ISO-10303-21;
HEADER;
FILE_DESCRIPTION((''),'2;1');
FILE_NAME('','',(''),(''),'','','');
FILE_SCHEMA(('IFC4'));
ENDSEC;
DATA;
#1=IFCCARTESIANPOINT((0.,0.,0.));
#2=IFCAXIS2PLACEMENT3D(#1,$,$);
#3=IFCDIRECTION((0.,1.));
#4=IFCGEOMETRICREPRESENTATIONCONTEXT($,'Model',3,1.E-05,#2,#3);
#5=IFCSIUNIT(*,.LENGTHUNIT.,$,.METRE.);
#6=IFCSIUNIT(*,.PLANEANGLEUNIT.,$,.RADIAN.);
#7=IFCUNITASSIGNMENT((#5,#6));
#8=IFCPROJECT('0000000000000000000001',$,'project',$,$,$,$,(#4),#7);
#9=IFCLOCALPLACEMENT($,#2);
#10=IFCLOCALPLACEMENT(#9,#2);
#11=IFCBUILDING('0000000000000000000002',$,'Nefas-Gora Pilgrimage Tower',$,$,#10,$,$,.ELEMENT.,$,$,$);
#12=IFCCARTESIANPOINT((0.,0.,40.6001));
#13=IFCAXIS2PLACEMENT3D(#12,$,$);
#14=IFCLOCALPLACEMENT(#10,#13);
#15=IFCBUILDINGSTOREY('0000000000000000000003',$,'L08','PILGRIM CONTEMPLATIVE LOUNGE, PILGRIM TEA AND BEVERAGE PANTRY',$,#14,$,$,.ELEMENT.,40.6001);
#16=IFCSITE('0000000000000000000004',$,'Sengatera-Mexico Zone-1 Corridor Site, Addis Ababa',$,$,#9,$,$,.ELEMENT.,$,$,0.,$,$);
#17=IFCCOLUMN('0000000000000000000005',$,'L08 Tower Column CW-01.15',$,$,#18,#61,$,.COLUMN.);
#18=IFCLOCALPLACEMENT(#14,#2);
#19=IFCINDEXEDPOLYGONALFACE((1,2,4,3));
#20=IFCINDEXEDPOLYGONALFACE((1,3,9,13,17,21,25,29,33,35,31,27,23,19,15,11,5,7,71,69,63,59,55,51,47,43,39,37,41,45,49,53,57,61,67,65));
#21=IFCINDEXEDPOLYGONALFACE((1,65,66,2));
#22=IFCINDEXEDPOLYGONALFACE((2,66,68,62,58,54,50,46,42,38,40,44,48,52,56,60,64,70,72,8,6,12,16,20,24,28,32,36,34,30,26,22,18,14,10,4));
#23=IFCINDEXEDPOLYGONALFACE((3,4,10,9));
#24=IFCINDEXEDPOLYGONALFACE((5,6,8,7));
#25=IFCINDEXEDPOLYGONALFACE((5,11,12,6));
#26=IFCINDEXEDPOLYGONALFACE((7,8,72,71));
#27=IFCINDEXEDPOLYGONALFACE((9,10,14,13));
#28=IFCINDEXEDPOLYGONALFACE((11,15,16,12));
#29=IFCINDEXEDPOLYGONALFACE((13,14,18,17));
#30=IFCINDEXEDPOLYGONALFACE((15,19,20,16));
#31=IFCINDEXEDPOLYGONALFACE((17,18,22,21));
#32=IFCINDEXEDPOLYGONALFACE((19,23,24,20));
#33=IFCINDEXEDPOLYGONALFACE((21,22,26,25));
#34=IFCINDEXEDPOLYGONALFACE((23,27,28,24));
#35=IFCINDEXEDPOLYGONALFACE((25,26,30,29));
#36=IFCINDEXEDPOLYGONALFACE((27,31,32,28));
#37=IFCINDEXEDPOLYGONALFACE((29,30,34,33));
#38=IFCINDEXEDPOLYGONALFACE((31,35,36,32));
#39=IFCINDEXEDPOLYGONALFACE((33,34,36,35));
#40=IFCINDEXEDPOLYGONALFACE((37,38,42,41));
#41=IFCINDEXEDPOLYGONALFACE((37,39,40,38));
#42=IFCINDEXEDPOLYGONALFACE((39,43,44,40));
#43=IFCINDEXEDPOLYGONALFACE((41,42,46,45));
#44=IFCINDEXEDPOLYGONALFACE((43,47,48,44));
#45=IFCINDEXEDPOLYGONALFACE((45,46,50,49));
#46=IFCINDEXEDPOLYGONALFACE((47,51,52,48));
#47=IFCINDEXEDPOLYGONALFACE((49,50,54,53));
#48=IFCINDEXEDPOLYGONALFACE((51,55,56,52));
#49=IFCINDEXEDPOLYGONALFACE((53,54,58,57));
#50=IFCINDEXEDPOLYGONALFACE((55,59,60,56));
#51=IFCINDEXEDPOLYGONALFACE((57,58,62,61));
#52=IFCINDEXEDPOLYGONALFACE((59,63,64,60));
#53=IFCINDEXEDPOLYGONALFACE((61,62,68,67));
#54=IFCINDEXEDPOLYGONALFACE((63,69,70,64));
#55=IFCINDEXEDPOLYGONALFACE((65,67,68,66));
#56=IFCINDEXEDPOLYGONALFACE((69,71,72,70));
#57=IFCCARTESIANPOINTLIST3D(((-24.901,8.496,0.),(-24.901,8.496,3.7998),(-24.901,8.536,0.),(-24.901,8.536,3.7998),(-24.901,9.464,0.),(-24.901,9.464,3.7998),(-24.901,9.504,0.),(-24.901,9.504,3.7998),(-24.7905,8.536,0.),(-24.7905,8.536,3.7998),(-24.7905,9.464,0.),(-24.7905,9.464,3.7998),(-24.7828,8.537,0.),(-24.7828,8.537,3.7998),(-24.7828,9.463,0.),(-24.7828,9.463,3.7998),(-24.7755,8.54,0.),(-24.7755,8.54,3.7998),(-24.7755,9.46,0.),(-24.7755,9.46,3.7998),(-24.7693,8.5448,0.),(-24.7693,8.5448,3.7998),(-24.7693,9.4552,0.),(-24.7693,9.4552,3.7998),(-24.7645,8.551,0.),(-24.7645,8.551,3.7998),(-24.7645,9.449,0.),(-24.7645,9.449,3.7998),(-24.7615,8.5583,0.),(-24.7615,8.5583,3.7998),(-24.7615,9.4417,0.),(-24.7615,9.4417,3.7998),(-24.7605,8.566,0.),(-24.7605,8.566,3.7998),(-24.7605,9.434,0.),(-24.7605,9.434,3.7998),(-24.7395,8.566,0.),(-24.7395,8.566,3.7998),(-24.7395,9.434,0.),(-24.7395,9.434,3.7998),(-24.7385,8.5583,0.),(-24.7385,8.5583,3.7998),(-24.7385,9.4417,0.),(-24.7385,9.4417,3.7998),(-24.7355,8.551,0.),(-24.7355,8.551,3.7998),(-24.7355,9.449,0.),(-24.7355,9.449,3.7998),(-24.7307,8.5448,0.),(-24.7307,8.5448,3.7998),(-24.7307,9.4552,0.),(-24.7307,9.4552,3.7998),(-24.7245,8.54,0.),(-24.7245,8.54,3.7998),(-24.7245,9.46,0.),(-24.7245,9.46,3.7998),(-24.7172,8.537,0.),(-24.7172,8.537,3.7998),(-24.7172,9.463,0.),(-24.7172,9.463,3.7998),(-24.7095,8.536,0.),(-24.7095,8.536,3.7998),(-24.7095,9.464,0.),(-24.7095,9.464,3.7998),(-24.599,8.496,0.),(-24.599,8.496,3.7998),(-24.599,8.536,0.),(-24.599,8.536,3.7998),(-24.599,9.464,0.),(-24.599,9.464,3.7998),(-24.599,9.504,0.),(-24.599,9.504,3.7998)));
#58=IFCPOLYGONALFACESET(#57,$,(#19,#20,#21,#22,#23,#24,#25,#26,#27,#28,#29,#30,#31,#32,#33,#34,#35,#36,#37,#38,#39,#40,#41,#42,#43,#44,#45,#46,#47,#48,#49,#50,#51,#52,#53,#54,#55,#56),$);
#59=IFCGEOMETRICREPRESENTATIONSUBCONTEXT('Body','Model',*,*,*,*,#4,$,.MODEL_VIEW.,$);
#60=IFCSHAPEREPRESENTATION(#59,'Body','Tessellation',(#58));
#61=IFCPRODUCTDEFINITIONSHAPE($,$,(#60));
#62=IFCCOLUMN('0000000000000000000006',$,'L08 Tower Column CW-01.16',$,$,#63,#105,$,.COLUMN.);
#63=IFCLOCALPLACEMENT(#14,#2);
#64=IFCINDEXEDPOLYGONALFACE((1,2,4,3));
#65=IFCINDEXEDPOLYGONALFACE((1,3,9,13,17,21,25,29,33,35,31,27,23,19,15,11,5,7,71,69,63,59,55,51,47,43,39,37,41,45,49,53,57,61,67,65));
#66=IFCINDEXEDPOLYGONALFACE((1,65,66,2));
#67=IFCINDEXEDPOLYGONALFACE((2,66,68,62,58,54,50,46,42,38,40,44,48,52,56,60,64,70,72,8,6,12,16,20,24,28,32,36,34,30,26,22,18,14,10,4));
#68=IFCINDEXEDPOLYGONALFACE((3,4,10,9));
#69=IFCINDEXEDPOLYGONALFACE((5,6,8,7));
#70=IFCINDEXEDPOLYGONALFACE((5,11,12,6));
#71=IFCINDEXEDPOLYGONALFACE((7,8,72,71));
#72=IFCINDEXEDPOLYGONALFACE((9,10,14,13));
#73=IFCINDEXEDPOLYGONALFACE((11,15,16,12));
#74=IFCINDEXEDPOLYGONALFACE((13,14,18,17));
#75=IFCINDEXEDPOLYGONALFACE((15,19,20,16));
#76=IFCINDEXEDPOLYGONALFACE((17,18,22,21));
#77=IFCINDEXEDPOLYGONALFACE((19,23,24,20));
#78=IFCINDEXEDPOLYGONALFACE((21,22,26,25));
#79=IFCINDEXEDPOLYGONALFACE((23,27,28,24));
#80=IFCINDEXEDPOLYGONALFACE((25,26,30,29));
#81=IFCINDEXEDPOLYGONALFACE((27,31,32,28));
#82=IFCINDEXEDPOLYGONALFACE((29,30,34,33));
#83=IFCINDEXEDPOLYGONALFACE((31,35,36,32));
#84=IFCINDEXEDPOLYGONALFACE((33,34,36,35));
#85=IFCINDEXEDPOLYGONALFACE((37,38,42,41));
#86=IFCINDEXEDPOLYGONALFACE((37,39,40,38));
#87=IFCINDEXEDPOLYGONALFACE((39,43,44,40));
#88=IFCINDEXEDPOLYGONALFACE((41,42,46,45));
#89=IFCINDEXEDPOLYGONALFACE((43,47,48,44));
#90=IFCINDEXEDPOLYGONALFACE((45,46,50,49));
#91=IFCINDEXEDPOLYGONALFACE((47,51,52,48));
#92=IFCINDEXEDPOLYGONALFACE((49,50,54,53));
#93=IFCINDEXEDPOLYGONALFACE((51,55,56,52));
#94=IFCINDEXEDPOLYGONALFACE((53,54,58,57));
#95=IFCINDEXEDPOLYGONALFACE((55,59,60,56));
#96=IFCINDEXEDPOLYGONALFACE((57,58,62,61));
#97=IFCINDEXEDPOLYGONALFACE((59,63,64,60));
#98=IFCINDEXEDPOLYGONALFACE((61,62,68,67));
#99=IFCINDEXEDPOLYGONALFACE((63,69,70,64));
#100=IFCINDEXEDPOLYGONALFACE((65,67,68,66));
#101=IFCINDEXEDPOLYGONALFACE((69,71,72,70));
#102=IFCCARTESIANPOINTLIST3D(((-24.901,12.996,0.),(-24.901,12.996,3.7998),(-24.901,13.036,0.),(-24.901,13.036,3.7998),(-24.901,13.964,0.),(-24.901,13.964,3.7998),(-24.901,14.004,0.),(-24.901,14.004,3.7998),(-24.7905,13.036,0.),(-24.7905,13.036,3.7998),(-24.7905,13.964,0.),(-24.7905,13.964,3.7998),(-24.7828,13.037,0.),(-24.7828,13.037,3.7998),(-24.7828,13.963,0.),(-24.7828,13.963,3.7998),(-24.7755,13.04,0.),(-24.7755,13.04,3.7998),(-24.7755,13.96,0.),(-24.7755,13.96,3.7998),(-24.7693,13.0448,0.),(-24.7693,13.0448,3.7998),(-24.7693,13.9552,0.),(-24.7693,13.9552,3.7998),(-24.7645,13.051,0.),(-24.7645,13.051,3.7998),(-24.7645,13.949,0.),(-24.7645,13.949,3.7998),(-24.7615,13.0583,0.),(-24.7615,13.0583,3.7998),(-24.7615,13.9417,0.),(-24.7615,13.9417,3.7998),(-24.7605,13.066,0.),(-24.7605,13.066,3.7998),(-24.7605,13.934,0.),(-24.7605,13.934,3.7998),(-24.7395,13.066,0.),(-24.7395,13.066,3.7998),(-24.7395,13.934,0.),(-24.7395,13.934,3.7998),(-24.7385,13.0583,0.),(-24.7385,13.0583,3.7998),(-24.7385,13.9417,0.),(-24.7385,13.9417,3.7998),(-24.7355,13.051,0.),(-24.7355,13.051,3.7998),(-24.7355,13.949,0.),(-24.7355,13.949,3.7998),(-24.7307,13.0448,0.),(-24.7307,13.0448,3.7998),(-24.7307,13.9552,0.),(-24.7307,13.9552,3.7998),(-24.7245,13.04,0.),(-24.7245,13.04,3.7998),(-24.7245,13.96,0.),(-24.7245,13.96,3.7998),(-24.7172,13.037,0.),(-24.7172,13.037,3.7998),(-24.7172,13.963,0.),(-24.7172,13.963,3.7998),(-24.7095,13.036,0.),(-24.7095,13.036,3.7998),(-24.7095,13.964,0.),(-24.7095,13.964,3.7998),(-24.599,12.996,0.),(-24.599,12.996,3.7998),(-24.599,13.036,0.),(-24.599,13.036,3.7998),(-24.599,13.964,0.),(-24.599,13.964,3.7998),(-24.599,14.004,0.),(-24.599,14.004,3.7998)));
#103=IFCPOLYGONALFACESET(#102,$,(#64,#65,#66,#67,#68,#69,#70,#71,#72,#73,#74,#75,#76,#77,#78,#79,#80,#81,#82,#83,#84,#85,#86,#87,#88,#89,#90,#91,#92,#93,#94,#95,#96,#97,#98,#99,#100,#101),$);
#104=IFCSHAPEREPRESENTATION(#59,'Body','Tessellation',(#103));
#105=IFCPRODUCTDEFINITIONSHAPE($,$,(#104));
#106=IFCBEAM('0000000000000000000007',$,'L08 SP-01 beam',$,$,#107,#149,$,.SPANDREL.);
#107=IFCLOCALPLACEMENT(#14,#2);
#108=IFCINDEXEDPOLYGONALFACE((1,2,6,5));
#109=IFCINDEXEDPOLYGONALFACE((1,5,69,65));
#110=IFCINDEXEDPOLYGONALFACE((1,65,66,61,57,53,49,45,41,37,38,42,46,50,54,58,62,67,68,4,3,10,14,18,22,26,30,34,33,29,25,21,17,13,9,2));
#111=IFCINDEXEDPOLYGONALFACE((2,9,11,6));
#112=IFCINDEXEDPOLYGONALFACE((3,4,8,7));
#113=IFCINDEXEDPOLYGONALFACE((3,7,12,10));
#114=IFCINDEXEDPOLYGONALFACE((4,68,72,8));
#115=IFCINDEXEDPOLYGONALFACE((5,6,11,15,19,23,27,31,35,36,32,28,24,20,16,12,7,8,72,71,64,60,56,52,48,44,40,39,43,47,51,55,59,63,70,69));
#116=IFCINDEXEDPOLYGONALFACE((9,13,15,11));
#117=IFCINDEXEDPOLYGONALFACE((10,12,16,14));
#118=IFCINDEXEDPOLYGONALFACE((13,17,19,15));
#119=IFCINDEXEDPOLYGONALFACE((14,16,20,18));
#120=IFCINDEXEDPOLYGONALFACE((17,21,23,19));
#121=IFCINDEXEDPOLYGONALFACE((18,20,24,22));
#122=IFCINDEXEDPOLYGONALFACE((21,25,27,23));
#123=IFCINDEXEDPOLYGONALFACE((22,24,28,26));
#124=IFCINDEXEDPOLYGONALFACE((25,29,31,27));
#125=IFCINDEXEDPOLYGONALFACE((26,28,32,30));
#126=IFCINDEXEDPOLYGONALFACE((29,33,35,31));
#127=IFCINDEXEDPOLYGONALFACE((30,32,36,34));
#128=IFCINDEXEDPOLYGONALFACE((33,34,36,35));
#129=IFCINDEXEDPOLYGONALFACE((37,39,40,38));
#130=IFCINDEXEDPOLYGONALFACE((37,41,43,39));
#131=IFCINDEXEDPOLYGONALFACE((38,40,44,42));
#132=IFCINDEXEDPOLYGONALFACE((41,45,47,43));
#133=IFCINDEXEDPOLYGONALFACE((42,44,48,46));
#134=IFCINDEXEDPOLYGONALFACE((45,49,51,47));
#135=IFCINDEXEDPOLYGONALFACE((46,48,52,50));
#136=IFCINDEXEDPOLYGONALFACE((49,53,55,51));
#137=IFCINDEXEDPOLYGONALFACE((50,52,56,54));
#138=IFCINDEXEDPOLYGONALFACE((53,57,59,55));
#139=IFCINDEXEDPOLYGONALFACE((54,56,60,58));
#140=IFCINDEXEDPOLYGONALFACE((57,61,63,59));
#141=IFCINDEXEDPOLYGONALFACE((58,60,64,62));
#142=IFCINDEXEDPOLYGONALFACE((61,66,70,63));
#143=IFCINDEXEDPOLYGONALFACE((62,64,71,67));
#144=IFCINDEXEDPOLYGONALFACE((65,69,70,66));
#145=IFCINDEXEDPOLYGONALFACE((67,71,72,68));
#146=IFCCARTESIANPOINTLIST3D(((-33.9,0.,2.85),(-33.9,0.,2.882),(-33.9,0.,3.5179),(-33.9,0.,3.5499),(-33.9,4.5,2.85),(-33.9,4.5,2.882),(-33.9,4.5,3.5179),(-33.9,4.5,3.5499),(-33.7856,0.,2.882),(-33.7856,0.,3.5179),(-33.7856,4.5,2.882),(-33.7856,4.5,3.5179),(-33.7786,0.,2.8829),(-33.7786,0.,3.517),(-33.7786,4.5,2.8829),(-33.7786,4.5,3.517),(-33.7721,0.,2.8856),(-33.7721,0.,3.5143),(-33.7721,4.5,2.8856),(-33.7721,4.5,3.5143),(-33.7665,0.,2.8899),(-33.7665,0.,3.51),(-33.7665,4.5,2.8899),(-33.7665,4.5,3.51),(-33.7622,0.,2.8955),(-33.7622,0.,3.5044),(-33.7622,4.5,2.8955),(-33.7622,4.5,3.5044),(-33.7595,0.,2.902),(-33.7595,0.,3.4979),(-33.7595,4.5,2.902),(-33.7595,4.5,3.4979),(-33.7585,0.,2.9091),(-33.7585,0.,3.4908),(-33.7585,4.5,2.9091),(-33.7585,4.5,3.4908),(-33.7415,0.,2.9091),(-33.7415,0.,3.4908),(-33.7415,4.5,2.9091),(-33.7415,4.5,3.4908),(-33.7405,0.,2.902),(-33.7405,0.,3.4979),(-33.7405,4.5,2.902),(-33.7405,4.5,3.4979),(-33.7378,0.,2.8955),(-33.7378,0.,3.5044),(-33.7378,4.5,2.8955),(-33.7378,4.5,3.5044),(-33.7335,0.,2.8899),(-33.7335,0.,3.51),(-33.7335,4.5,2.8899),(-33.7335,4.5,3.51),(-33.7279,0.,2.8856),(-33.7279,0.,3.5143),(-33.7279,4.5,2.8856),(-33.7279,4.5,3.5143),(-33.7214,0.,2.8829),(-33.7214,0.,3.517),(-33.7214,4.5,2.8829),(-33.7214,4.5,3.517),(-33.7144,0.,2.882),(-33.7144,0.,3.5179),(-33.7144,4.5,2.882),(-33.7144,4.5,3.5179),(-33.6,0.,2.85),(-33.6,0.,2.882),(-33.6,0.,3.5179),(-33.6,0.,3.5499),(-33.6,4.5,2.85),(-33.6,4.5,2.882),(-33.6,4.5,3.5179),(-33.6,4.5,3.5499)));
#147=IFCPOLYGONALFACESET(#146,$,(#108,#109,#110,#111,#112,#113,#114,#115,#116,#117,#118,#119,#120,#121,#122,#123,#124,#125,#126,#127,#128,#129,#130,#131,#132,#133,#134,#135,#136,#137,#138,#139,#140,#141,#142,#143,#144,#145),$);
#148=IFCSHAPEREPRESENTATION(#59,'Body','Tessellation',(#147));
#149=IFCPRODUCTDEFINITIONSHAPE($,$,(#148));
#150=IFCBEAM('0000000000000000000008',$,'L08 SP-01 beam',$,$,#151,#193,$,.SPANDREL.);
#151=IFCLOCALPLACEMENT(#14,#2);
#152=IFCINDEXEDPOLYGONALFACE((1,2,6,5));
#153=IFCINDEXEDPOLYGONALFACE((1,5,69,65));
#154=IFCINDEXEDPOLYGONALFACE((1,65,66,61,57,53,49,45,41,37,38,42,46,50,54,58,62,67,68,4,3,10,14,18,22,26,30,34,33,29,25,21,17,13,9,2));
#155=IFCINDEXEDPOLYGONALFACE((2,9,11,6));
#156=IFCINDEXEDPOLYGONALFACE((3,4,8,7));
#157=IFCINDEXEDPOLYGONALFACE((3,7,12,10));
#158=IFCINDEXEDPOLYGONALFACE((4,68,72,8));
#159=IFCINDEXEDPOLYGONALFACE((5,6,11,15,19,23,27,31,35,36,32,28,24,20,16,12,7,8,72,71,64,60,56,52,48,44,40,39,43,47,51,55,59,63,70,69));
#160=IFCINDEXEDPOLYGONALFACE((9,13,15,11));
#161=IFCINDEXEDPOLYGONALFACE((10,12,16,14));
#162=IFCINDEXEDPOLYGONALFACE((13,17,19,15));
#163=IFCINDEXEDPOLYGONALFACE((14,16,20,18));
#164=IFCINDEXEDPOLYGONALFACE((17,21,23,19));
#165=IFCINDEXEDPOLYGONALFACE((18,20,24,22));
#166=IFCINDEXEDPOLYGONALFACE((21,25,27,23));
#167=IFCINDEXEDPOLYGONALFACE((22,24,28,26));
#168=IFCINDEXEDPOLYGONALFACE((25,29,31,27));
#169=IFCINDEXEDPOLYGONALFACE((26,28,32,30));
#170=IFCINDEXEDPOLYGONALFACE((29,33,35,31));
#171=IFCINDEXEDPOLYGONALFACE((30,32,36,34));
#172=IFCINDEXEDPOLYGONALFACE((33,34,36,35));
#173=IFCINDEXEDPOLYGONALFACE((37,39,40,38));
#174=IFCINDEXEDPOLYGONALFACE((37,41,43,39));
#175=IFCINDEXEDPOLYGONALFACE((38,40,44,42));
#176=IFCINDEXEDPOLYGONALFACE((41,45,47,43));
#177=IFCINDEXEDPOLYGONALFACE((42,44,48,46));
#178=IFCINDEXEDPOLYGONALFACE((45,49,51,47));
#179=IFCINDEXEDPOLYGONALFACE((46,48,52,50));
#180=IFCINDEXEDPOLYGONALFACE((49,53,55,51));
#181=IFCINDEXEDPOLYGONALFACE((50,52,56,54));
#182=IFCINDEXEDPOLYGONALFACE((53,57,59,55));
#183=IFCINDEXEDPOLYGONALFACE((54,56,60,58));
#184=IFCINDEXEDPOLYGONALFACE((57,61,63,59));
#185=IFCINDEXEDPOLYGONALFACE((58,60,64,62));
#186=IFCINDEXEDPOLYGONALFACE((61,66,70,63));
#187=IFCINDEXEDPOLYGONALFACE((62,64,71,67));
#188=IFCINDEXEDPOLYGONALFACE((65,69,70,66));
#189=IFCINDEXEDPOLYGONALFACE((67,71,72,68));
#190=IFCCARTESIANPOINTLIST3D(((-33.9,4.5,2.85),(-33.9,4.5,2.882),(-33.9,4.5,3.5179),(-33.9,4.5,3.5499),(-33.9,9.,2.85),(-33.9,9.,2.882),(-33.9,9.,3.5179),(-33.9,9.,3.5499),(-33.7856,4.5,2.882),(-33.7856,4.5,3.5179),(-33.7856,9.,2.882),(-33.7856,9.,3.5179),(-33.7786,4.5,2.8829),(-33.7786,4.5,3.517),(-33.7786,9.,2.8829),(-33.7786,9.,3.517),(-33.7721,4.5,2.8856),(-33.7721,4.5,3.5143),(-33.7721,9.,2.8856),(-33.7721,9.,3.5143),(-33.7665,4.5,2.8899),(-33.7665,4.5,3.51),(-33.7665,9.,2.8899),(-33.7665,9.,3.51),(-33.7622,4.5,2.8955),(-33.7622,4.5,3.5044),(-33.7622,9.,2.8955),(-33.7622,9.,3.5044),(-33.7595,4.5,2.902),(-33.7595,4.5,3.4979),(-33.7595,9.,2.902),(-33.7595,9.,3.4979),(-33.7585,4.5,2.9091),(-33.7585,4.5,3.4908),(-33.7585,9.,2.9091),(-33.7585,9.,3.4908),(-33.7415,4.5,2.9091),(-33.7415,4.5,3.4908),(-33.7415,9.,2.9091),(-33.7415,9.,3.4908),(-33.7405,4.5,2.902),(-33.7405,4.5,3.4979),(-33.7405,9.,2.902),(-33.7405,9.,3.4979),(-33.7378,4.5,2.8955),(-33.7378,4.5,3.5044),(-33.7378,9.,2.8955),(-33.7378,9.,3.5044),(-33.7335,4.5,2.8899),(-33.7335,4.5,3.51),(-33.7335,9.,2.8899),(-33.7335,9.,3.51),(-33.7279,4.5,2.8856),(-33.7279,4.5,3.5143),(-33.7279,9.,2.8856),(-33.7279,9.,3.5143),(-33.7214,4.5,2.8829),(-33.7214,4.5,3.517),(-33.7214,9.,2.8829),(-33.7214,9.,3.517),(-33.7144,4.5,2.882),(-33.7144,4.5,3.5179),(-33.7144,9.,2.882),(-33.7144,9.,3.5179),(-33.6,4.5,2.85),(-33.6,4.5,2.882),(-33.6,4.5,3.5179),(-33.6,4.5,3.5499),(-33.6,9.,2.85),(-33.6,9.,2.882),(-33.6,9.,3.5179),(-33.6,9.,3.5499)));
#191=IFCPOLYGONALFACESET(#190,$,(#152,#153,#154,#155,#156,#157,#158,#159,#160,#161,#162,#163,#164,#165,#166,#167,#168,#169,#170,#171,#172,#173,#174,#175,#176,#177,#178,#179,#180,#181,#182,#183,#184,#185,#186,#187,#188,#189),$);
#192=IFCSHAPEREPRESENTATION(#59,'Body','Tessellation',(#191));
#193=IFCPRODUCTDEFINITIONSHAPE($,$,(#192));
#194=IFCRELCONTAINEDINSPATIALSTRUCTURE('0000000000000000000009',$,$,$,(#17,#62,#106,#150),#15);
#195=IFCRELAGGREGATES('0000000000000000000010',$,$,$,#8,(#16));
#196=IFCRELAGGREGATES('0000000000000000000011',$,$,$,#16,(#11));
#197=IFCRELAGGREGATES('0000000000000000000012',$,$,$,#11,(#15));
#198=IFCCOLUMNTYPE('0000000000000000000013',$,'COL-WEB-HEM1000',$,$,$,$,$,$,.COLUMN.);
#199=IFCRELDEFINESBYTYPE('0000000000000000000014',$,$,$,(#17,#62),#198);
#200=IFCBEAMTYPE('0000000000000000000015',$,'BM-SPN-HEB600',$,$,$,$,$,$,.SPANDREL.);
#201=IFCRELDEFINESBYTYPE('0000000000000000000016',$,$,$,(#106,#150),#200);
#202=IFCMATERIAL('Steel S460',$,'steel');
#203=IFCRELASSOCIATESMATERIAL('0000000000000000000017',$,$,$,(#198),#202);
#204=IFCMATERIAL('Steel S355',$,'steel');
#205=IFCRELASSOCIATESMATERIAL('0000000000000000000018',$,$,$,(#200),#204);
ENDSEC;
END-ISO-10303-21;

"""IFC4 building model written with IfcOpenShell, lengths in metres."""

from ifc_helpers import new_model, si_unit, direction, frame, origin, origin_2d, place, context, subcontext, project, spatial, i_section, extrude, source, transform, mapped, material, material_profile, profile_set, type_object, element, save


model = new_model("IFC4")

# Units and contexts
model_context = context("Model", 3, precision=1e-05, world=origin(), true_north=direction((0.0, 1.0)))
body_context = subcontext(model_context, "Body", "Model", "MODEL_VIEW")
ifc_project = project(units=[si_unit("LENGTHUNIT", "METRE"), si_unit("PLANEANGLEUNIT", "RADIAN")], contexts=[model_context])

# Site, building, storey
site_placement = place(None, origin())
site = spatial("IfcSite", under=ifc_project, at=site_placement, Name="Sengatera-Mexico Zone-1 Corridor Site, Addis Ababa", CompositionType="ELEMENT", RefElevation=0.0)
building_placement = place(site_placement, origin())
building = spatial("IfcBuilding", under=site, at=building_placement, Name="Nefas-Gora Pilgrimage Tower", CompositionType="ELEMENT")
storey_placement = place(building_placement, frame((0.0, 0.0, 40.6001)))
storey = spatial("IfcBuildingStorey", under=building, at=storey_placement, Name="L08", Description="PILGRIM CONTEMPLATIVE LOUNGE, PILGRIM TEA AND BEVERAGE PANTRY", CompositionType="ELEMENT", Elevation=40.6001)

# Columns
ifc_material_1 = material(Name="Steel S460", Category="steel")
ifc_material_profile_1 = material_profile(ifc_material_1, i_section(OverallWidth=0.302, OverallDepth=1.0081, WebThickness=0.021, FlangeThickness=0.04, FilletRadius=0.03, at=origin_2d()), Name="HEM 1000")
ifc_profile_set_1 = profile_set([ifc_material_profile_1], Name="Steel S460")
column_type_1 = type_object("IfcColumnType", Name="COL-WEB-HEM1000", PredefinedType="COLUMN", material=ifc_profile_set_1)
shared_shape_1 = source(origin(), body_context, "Body", "SweptSolid", [
    extrude(i_section(OverallWidth=0.302, OverallDepth=1.0081, WebThickness=0.021, FlangeThickness=0.04, FilletRadius=0.03, at=origin_2d()), origin(), (0.0, 0.0, 1.0), 3.7998),
])
for number, where, z_axis, x_axis, name in (
    (1, (-24.75, 9.0, 0.0), (0.0, 0.0, 1.0), (1.0, 0.0, 0.0), "L08 Tower Column CW-01.15"),
    (2, (-24.75, 13.5, 0.0), (0.0, 0.0, 1.0), (1.0, 0.0, 0.0), "L08 Tower Column CW-01.16"),
):
    element("IfcColumn", number, at=place(storey_placement, frame(where, z_axis=z_axis, x_axis=x_axis)), inside=storey, type_object=column_type_1, Name=name, PredefinedType="COLUMN", context=body_context, shape_type="MappedRepresentation", body=[
        mapped(shared_shape_1, transform((0.0, 0.0, 0.0), x_axis=(1.0, 0.0, 0.0), y_axis=(0.0, 1.0, 0.0), z_axis=(0.0, 0.0, 1.0), scale=1.0)),
    ])

# Beams
ifc_material_2 = material(Name="Steel S355", Category="steel")
ifc_material_profile_2 = material_profile(ifc_material_2, i_section(OverallWidth=0.3, OverallDepth=0.7, WebThickness=0.0171, FlangeThickness=0.032, FilletRadius=0.0271, at=origin_2d()), Name="HEB 700")
ifc_profile_set_2 = profile_set([ifc_material_profile_2], Name="Steel S355")
beam_type_1 = type_object("IfcBeamType", Name="BM-SPN-HEB600", PredefinedType="SPANDREL", material=ifc_profile_set_2)
shared_shape_2 = source(origin(), body_context, "Body", "SweptSolid", [
    extrude(i_section(OverallWidth=0.3, OverallDepth=0.7, WebThickness=0.0171, FlangeThickness=0.032, FilletRadius=0.0271, at=origin_2d()), origin(), (0.0, 0.0, 1.0), 4.5),
])
for number, where, z_axis, x_axis, name in (
    (3, (-33.75, 0.0, 3.2), (0.0, 1.0, 0.0), (-1.0, 0.0, 0.0), "L08 SP-01 beam"),
    (4, (-33.75, 4.5, 3.2), (0.0, 1.0, 0.0), (-1.0, 0.0, 0.0), "L08 SP-01 beam"),
):
    element("IfcBeam", number, at=place(storey_placement, frame(where, z_axis=z_axis, x_axis=x_axis)), inside=storey, type_object=beam_type_1, Name=name, PredefinedType="SPANDREL", context=body_context, shape_type="MappedRepresentation", body=[
        mapped(shared_shape_2, transform((0.0, 0.0, 0.0), x_axis=(1.0, 0.0, 0.0), y_axis=(0.0, 1.0, 0.0), z_axis=(0.0, 0.0, 1.0), scale=1.0)),
    ])

save(model, "model.ifc")
